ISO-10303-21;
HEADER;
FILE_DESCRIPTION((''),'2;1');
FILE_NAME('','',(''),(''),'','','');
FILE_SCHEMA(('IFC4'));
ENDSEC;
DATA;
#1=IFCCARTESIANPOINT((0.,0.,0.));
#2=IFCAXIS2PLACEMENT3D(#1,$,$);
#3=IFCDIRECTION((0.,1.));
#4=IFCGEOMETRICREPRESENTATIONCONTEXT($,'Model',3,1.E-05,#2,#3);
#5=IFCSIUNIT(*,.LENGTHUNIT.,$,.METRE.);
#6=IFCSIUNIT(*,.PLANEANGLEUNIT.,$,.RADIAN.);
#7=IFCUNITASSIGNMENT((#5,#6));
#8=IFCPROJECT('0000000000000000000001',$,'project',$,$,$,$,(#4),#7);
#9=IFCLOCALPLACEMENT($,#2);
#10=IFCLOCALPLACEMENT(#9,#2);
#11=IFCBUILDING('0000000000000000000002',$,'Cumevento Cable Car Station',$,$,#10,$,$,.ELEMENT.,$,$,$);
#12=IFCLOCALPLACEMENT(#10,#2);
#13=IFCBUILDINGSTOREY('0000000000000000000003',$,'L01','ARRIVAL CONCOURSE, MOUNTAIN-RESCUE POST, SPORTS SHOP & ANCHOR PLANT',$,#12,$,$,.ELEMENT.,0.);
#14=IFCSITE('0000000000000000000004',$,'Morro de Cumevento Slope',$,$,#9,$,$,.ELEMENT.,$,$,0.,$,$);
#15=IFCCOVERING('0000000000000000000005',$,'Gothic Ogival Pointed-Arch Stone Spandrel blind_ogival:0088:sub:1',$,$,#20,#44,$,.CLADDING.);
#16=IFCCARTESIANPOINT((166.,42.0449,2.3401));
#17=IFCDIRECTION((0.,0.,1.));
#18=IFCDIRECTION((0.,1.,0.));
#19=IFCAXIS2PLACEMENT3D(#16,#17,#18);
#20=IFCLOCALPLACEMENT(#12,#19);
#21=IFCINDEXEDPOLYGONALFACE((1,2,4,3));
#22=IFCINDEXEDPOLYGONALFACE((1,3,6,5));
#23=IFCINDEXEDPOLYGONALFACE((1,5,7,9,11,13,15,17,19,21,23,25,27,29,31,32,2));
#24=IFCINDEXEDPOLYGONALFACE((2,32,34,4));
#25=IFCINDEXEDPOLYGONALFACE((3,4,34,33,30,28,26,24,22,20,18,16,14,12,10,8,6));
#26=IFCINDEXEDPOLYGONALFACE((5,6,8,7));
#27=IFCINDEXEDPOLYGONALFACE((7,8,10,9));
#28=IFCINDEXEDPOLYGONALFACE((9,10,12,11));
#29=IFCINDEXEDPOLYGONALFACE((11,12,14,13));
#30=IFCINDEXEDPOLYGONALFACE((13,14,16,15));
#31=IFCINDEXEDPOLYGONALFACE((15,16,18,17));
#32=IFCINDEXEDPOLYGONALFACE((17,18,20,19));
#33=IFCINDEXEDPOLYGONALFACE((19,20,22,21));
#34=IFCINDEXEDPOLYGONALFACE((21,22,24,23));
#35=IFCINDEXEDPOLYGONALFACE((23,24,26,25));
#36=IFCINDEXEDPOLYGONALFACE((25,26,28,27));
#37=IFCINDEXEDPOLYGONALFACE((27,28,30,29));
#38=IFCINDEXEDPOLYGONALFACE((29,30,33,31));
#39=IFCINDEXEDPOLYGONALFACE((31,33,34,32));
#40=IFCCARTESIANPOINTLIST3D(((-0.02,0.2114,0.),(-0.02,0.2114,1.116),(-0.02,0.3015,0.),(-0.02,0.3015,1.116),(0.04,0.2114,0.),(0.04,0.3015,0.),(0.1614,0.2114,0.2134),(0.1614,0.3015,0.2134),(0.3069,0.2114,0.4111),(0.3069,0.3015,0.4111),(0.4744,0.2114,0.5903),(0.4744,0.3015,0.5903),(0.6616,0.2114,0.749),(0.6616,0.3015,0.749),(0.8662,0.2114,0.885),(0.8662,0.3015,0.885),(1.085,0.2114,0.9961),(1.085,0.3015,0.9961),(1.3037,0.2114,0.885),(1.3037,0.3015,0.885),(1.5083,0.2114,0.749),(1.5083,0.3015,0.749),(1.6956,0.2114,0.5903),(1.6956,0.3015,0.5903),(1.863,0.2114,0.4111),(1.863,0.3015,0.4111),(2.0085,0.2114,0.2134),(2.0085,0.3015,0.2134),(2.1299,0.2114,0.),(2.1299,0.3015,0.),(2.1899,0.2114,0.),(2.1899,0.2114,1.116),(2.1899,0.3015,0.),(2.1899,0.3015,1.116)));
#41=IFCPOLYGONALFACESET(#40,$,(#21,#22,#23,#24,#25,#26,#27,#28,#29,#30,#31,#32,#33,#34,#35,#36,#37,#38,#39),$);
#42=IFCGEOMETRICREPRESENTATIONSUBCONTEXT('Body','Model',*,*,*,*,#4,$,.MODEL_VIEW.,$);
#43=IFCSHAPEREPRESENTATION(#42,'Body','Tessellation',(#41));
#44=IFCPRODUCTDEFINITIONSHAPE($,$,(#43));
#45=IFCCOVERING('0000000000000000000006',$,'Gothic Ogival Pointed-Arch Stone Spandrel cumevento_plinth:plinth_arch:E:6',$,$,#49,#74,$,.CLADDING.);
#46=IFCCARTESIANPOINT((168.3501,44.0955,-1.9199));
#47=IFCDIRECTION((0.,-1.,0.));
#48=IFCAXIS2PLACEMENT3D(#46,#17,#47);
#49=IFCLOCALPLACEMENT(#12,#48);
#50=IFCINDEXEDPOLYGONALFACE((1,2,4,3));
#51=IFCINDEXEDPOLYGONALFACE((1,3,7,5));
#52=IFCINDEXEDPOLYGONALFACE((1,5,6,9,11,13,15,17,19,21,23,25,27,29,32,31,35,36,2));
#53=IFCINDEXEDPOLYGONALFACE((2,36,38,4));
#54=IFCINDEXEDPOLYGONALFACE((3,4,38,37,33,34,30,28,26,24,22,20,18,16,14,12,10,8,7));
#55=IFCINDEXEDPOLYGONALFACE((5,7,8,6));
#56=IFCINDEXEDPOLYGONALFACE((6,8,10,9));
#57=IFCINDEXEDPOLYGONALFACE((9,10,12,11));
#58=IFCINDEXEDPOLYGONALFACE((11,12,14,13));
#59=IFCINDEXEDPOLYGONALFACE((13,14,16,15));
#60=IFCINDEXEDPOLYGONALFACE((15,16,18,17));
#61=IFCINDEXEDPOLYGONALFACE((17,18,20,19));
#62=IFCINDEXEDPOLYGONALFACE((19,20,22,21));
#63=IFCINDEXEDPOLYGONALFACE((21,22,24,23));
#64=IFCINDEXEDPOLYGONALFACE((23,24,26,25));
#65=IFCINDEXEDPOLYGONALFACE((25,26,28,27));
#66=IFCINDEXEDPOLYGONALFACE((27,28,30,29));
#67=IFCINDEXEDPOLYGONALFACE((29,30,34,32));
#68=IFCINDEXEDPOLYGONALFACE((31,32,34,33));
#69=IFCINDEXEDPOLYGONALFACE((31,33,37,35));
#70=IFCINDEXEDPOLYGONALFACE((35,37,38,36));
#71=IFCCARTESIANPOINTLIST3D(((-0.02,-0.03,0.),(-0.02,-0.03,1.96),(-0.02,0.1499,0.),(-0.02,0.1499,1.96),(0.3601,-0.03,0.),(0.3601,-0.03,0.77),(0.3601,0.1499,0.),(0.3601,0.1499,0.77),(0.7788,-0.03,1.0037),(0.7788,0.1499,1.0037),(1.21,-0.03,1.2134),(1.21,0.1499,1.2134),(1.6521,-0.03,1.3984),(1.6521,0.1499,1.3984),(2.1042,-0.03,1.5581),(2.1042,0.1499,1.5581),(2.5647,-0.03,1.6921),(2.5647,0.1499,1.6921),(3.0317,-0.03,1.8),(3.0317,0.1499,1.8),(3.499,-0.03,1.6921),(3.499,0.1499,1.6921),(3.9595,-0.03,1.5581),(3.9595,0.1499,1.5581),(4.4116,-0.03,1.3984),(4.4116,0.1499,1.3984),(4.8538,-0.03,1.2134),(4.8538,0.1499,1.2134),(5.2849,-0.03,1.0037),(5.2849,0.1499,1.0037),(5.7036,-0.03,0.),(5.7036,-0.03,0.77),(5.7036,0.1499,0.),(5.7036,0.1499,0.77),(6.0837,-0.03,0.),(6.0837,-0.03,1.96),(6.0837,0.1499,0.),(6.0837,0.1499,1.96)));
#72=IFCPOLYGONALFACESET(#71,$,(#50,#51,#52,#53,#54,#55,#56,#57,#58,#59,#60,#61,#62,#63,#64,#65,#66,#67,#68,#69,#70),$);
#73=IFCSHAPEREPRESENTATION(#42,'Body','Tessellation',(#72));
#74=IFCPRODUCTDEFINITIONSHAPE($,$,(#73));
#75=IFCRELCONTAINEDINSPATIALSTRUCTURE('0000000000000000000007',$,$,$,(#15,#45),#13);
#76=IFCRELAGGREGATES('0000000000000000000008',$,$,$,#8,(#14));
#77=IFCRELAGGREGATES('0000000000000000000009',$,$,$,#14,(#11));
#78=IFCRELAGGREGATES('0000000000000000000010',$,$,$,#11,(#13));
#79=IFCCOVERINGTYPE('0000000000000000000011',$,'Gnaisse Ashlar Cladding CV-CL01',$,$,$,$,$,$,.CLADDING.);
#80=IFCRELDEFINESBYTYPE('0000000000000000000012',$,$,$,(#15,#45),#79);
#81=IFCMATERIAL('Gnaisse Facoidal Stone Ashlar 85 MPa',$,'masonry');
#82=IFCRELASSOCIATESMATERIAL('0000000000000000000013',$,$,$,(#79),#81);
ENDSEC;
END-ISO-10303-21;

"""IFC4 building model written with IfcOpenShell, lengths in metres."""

from ifc_helpers import new_model, si_unit, direction, frame, origin, place, context, subcontext, project, spatial, polyline, outline, extrude, material, type_object, element, save


model = new_model("IFC4")

# Units and contexts
model_context = context("Model", 3, precision=1e-05, world=origin(), true_north=direction((0.0, 1.0)))
body_context = subcontext(model_context, "Body", "Model", "MODEL_VIEW")
ifc_project = project(units=[si_unit("LENGTHUNIT", "METRE"), si_unit("PLANEANGLEUNIT", "RADIAN")], contexts=[model_context])

# Site, building, storey
site_placement = place(None, origin())
site = spatial("IfcSite", under=ifc_project, at=site_placement, Name="Morro de Cumevento Slope", CompositionType="ELEMENT", RefElevation=0.0)
building_placement = place(site_placement, origin())
building = spatial("IfcBuilding", under=site, at=building_placement, Name="Cumevento Cable Car Station", CompositionType="ELEMENT")
storey_placement = place(building_placement, origin())
storey = spatial("IfcBuildingStorey", under=building, at=storey_placement, Name="L01", Description="ARRIVAL CONCOURSE, MOUNTAIN-RESCUE POST, SPORTS SHOP & ANCHOR PLANT", CompositionType="ELEMENT", Elevation=0.0)

# Coverings
ifc_material_1 = material(Name="Gnaisse Facoidal Stone Ashlar 85 MPa", Category="masonry")
covering_type = type_object("IfcCoveringType", Name="Gnaisse Ashlar Cladding CV-CL01", PredefinedType="CLADDING", material=ifc_material_1)
covering_1_placement = place(storey_placement, frame((166.0, 42.0449, 2.3401), z_axis=(0.0, 0.0, 1.0), x_axis=(0.0, 1.0, 0.0)))
element("IfcCovering", 1, at=covering_1_placement, inside=storey, type_object=covering_type, Name="Gothic Ogival Pointed-Arch Stone Spandrel blind_ogival:0088:sub:1", PredefinedType="CLADDING", context=body_context, shape_type="SweptSolid", body=[
    extrude(outline(polyline([(-0.02, 0.0), (-0.02, 1.116), (2.1899, 1.116), (2.1899, 0.0), (2.1299, 0.0), (2.0085, 0.2134), (1.863, 0.4111), (1.6956, 0.5903), (1.5083, 0.749), (1.3037, 0.885), (1.085, 0.9961), (0.8662, 0.885), (0.6616, 0.749), (0.4744, 0.5903), (0.3069, 0.4111), (0.1614, 0.2134), (0.04, 0.0), (-0.02, 0.0)])), frame((0.0, 0.3015, 0.0), z_axis=(0.0, -1.0, 0.0), x_axis=(1.0, 0.0, 0.0)), (0.0, 0.0, 1.0), 0.0901),
])
covering_2_placement = place(storey_placement, frame((168.3501, 44.0955, -1.9199), z_axis=(0.0, 0.0, 1.0), x_axis=(0.0, -1.0, 0.0)))
element("IfcCovering", 2, at=covering_2_placement, inside=storey, type_object=covering_type, Name="Gothic Ogival Pointed-Arch Stone Spandrel cumevento_plinth:plinth_arch:E:6", PredefinedType="CLADDING", context=body_context, shape_type="SweptSolid", body=[
    extrude(outline(polyline([(-0.02, 0.0), (-0.02, 1.96), (6.0837, 1.96), (6.0837, 0.0), (5.7036, 0.0), (5.7036, 0.77), (5.2849, 1.0037), (4.8538, 1.2134), (4.4116, 1.3984), (3.9595, 1.5581), (3.499, 1.6921), (3.0317, 1.8), (2.5647, 1.6921), (2.1042, 1.5581), (1.6521, 1.3984), (1.21, 1.2134), (0.7788, 1.0037), (0.3601, 0.77), (0.3601, 0.0), (-0.02, 0.0)])), frame((0.0, 0.1499, 0.0), z_axis=(0.0, -1.0, 0.0), x_axis=(1.0, 0.0, 0.0)), (0.0, 0.0, 1.0), 0.1799),
])

save(model, "model.ifc")
